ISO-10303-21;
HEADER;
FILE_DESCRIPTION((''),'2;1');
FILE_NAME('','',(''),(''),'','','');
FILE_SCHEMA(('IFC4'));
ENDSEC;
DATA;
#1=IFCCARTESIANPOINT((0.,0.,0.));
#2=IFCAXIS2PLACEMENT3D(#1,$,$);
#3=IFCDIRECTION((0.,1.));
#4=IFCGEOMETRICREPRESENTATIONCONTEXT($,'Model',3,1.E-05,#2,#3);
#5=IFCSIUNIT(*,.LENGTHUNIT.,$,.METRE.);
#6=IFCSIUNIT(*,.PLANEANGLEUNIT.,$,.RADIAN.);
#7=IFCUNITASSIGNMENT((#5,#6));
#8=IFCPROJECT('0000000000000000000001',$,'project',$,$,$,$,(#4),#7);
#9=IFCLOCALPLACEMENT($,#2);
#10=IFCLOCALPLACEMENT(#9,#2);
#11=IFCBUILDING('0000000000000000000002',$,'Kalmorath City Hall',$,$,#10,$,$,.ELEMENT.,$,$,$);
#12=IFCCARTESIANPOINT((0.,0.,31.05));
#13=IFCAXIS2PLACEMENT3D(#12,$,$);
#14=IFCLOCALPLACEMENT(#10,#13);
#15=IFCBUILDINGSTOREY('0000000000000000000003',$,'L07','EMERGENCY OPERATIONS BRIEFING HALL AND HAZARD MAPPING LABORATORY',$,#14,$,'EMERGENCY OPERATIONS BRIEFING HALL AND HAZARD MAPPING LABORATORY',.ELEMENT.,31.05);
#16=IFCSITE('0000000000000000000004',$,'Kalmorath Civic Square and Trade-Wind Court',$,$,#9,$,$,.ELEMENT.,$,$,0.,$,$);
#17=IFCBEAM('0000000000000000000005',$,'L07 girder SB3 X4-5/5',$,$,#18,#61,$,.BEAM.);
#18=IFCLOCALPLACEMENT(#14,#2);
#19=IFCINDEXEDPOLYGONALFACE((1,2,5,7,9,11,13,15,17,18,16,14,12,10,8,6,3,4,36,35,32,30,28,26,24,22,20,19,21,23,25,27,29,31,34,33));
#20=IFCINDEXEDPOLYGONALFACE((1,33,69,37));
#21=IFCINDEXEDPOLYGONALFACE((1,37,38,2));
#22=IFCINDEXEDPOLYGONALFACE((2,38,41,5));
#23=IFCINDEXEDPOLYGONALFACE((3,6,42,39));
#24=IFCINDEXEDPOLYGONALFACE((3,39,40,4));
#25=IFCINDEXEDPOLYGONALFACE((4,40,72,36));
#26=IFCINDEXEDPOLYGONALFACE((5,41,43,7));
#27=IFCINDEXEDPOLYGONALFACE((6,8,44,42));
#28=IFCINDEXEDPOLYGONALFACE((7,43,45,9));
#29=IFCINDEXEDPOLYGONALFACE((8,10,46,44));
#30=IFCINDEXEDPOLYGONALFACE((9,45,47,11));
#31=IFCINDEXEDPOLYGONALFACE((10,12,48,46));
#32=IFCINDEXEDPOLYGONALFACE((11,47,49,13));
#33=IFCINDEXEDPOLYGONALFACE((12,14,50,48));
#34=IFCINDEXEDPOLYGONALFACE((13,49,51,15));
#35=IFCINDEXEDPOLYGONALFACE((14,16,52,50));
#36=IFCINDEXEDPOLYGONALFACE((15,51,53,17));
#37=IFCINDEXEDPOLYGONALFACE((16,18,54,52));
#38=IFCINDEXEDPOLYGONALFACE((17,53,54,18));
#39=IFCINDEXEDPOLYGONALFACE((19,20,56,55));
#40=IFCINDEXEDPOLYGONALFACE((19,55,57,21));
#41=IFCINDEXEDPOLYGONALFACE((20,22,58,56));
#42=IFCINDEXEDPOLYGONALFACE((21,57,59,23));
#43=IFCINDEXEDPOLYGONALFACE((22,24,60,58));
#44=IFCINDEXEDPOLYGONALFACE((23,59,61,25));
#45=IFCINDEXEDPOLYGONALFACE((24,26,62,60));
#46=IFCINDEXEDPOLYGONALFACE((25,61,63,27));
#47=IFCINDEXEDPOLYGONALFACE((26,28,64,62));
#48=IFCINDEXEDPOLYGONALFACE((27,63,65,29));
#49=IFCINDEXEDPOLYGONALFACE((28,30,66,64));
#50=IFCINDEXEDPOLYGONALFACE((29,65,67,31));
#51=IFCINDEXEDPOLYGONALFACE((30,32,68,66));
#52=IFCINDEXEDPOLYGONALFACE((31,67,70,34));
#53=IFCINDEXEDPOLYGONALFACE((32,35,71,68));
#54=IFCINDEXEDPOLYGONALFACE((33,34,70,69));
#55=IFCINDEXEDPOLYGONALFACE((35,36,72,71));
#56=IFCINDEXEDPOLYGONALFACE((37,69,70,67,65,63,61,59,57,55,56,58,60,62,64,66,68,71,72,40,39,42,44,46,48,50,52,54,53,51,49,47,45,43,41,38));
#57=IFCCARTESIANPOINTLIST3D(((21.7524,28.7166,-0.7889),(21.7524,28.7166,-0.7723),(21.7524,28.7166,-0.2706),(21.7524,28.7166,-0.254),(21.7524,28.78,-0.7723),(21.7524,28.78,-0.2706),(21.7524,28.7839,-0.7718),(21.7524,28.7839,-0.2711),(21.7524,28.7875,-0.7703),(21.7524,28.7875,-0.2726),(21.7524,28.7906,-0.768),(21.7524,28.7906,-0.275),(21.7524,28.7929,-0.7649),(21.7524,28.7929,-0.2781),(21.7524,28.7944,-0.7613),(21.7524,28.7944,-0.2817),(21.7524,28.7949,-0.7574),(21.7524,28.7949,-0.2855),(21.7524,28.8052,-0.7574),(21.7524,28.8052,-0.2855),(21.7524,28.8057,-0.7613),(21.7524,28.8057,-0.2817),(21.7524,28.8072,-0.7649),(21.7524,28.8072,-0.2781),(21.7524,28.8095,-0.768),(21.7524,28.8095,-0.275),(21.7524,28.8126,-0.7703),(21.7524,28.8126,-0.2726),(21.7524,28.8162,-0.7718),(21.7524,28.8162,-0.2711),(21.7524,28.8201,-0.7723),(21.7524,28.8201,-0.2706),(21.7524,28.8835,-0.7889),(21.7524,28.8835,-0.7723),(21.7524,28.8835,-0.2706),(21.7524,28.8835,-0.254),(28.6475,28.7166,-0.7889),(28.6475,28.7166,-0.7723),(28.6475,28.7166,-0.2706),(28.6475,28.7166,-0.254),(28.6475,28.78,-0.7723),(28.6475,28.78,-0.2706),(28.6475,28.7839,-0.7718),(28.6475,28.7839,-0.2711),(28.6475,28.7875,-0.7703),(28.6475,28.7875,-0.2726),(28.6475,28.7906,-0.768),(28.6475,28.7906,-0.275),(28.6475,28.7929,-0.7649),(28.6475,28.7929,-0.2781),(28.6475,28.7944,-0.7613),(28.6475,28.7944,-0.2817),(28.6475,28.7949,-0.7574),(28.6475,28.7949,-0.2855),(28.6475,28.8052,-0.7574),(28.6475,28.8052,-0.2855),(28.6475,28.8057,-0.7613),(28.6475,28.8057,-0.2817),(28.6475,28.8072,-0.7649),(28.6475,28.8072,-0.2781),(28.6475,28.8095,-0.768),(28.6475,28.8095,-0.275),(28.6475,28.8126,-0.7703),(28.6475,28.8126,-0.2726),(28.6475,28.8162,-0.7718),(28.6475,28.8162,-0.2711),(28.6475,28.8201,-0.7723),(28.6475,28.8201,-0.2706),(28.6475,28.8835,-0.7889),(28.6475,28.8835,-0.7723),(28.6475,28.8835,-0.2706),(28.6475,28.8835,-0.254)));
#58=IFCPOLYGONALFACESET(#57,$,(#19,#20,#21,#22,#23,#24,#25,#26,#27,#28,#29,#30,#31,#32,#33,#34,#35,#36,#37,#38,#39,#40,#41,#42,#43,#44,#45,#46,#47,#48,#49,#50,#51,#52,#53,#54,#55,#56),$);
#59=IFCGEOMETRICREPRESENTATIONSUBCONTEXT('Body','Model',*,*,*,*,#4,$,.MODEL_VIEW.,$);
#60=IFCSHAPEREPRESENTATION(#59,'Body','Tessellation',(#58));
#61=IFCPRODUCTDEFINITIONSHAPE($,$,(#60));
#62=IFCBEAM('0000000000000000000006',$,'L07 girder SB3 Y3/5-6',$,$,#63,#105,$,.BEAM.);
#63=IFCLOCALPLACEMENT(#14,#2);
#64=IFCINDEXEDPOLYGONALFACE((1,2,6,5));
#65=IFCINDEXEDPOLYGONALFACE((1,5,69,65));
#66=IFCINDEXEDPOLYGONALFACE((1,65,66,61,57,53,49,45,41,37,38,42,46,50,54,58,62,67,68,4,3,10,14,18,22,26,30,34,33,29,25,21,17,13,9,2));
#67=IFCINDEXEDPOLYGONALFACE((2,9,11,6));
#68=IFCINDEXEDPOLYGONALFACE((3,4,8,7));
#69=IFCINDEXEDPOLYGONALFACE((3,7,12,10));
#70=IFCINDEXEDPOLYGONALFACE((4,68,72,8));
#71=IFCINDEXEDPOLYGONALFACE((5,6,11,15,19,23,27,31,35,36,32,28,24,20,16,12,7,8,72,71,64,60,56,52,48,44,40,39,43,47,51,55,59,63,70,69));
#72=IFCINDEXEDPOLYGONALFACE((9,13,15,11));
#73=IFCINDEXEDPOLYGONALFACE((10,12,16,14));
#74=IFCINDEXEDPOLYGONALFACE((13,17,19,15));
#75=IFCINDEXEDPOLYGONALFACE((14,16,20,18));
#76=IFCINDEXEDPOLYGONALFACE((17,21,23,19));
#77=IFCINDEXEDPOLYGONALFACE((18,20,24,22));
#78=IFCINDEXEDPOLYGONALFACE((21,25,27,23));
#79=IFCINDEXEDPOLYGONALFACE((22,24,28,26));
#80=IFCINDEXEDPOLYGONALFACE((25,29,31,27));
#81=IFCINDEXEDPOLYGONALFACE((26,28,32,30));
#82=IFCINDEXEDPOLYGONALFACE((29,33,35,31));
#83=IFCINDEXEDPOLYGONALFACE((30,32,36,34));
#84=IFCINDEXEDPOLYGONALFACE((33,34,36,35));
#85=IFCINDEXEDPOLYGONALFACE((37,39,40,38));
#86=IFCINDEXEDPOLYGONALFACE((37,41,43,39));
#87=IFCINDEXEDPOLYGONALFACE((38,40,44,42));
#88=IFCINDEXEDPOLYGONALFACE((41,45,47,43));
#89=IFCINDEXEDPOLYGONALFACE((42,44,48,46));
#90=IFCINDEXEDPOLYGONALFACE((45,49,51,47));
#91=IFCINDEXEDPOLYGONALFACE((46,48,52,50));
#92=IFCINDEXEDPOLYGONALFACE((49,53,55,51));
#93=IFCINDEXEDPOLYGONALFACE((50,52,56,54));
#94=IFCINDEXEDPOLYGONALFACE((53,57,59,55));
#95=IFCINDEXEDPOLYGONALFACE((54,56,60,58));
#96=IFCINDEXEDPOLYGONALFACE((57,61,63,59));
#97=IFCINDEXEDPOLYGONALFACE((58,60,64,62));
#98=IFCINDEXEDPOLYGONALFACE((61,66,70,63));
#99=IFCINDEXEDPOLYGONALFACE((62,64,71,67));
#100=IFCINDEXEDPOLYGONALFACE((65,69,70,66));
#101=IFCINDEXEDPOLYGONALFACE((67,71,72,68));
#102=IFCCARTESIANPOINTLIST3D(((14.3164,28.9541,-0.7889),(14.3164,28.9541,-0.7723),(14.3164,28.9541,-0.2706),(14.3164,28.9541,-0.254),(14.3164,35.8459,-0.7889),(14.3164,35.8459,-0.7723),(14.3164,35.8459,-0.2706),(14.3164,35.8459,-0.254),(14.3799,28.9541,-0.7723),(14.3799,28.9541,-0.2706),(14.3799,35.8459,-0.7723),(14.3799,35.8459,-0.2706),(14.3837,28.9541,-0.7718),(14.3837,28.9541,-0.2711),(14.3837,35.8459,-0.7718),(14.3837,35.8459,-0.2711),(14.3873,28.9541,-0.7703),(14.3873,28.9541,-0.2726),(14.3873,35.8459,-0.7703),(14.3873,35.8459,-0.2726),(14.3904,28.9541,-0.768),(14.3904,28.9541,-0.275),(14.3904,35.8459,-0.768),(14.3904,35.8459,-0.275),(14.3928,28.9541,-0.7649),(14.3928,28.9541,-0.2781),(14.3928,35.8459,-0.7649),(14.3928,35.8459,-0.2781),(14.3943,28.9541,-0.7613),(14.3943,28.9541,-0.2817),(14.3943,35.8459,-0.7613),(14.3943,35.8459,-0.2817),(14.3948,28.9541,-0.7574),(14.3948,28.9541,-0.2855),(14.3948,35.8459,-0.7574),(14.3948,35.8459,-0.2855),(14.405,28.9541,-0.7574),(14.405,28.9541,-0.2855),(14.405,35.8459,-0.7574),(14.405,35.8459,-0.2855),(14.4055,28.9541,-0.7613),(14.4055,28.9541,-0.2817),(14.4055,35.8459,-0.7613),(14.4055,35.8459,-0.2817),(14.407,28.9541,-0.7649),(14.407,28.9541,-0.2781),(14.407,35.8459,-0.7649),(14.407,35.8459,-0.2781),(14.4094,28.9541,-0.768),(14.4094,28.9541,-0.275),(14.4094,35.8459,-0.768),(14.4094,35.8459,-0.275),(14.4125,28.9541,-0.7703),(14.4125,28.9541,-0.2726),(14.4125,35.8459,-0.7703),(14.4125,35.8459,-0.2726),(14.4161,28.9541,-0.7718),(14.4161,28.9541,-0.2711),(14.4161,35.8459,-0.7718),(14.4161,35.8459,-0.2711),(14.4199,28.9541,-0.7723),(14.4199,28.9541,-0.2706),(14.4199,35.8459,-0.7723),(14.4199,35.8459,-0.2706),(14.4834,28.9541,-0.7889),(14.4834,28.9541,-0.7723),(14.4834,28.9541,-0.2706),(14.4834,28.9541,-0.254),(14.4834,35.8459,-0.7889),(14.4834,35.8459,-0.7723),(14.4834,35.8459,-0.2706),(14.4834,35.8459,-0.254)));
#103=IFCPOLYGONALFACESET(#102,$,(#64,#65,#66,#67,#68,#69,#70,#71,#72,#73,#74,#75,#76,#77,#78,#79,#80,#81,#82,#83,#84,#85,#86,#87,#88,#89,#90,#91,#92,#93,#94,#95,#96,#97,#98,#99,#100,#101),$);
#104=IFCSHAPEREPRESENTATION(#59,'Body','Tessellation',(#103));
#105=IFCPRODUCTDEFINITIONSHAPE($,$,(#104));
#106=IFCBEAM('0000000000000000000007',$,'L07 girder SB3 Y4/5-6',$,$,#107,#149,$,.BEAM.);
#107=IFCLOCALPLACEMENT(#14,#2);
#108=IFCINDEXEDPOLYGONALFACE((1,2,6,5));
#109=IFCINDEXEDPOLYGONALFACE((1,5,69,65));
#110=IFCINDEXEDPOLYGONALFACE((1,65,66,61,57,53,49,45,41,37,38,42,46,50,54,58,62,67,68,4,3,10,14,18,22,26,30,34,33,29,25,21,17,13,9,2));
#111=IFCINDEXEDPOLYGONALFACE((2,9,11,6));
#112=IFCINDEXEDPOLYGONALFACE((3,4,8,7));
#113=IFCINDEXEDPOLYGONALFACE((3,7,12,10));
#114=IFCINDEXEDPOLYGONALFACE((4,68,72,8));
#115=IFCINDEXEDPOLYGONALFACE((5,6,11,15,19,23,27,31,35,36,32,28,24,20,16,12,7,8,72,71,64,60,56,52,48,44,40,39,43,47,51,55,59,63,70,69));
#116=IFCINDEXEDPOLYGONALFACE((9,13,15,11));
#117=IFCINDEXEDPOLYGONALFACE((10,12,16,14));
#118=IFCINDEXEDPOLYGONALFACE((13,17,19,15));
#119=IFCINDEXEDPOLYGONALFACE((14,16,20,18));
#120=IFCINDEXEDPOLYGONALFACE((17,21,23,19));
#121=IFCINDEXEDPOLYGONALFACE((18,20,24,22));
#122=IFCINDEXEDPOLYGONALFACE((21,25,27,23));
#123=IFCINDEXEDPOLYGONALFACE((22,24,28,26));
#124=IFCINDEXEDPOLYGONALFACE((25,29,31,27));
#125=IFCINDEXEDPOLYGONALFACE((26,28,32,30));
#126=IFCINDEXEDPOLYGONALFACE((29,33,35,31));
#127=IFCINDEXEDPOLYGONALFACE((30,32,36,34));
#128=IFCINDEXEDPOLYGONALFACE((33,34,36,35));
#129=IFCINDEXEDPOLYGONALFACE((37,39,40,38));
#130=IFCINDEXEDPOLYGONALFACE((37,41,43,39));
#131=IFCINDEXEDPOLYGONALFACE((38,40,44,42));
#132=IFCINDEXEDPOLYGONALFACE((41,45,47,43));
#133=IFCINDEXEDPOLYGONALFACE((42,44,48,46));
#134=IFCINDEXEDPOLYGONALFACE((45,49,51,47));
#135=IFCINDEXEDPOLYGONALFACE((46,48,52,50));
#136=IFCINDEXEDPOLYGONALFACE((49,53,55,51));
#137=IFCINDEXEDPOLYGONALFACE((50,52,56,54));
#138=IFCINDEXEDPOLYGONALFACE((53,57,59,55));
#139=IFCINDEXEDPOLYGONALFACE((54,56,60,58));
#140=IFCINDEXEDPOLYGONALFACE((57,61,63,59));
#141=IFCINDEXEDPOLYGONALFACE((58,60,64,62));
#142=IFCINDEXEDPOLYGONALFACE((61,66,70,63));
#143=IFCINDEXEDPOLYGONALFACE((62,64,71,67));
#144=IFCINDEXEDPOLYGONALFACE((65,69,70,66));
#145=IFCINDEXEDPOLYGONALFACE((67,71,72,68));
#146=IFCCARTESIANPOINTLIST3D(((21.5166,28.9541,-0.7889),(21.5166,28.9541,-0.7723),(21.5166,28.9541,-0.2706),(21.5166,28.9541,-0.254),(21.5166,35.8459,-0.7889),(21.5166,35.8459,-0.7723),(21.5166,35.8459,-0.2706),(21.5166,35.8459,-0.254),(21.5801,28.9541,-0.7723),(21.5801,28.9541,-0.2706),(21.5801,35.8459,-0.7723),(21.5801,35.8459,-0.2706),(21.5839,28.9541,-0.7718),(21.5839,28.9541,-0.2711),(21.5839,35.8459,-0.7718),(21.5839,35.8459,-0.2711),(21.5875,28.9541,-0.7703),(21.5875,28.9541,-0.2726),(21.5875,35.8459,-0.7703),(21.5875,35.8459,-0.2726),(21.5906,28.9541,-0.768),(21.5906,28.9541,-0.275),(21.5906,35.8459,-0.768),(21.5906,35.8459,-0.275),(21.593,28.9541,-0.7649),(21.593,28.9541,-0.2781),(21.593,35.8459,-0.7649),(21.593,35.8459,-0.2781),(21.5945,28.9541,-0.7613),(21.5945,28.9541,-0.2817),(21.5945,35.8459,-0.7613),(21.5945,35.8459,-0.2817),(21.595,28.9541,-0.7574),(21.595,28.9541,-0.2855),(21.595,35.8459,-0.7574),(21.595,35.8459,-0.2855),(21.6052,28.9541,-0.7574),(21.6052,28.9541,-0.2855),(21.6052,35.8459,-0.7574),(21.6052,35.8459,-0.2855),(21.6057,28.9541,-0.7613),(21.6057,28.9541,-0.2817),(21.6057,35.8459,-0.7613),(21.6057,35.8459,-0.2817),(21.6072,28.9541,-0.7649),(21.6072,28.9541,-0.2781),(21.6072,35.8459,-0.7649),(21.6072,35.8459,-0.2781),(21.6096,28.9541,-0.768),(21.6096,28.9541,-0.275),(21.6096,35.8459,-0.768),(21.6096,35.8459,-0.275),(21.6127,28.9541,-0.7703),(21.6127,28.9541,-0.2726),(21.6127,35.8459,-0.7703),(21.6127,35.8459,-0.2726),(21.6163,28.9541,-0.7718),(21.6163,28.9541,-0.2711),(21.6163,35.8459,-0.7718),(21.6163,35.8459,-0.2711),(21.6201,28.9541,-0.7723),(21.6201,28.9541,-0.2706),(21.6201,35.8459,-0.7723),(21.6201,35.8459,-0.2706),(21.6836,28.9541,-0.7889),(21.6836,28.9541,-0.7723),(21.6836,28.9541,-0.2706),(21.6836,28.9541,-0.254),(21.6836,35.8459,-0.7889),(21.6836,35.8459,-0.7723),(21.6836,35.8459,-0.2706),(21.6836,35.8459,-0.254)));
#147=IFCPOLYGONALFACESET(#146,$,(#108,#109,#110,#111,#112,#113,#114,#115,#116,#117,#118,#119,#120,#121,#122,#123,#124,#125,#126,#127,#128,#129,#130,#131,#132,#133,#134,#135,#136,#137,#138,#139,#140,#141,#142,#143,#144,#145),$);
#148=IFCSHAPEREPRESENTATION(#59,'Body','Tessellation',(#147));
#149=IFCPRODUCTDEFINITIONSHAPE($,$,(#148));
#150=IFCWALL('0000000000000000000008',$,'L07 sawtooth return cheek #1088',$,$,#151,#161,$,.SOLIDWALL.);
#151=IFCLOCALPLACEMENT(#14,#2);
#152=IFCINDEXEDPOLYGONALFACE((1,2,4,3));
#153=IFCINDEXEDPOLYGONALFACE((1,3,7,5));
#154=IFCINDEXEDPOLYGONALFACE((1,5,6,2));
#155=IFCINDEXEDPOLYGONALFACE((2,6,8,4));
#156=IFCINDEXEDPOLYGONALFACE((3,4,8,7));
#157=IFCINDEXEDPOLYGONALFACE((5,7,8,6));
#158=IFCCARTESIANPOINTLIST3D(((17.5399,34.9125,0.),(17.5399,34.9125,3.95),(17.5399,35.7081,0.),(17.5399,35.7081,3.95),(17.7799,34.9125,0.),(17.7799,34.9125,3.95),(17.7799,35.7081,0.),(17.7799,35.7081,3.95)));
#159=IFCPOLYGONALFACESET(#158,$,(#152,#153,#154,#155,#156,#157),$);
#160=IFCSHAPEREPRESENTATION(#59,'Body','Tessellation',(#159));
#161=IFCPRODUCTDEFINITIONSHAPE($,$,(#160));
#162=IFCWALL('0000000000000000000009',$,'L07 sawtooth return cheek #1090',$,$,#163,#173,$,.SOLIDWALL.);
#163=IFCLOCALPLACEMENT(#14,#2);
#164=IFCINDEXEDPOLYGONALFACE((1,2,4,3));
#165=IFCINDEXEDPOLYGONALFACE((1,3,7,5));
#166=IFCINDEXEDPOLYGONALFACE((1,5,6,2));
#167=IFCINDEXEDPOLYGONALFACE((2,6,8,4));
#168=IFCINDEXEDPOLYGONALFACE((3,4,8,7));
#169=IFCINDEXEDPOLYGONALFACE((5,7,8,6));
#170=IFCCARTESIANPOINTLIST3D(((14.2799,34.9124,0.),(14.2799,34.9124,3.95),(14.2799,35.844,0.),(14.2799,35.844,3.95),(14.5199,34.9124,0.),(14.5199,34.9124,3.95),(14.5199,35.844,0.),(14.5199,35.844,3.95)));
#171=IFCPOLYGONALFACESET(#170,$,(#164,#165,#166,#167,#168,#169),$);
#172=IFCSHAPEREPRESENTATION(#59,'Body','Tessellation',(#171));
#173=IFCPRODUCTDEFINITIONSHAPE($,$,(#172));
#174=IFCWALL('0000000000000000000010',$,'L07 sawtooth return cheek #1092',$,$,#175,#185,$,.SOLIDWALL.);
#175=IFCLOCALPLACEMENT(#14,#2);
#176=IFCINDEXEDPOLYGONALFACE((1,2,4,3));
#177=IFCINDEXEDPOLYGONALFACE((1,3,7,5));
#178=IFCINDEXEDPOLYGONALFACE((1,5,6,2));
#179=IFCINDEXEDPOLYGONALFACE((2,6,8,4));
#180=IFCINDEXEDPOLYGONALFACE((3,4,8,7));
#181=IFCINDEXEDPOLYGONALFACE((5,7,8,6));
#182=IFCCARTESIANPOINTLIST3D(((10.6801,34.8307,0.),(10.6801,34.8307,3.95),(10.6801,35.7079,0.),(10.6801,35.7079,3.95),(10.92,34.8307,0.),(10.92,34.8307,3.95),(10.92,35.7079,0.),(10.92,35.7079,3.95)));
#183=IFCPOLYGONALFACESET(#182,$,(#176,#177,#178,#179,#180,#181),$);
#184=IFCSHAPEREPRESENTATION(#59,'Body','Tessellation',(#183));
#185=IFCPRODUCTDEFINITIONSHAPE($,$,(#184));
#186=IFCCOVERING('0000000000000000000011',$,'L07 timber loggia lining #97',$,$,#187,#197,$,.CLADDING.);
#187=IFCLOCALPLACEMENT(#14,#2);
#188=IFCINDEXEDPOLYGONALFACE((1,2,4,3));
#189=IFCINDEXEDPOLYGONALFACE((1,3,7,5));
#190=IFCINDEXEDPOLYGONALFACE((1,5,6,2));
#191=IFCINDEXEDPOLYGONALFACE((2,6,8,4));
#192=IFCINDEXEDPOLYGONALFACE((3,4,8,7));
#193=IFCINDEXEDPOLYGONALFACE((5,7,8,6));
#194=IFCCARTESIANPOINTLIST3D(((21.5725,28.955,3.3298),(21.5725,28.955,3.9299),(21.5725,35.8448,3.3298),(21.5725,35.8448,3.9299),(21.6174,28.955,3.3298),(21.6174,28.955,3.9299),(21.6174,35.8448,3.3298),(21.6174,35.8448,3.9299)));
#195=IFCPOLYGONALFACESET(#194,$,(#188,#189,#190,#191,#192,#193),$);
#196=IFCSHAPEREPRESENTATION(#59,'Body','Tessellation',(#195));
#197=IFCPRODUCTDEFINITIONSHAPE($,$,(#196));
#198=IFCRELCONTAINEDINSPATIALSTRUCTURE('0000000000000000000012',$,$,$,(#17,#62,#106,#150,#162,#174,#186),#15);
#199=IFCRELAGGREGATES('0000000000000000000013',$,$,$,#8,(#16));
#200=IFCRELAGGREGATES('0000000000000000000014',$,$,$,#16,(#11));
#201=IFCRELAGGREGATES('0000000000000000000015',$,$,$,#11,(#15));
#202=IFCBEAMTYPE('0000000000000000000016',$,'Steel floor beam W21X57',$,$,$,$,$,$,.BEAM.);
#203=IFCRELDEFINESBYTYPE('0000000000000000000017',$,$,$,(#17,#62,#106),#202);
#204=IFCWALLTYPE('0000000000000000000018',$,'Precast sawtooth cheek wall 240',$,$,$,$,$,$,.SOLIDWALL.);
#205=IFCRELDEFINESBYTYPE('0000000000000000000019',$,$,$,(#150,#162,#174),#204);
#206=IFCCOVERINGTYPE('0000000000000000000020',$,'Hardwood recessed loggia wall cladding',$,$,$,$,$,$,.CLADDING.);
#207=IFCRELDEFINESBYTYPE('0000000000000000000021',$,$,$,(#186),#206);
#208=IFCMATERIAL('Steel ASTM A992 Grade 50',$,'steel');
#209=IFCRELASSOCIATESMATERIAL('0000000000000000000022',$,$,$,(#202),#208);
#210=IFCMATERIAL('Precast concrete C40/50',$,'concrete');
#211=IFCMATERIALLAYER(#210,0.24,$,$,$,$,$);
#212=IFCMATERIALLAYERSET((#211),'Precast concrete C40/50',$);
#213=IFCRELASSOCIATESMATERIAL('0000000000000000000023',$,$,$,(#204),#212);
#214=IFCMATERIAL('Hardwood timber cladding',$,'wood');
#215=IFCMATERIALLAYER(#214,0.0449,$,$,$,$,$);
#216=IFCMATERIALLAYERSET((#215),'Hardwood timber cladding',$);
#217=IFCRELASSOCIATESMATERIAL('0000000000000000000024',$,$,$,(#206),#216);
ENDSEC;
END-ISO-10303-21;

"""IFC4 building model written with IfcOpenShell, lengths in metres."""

from ifc_helpers import new_model, si_unit, direction, frame, frame_2d, origin, origin_2d, place, context, subcontext, project, spatial, rectangle, i_section, extrude, material, layer, layer_set, material_profile, profile_set, type_object, element, save


model = new_model("IFC4")

# Units and contexts
model_context = context("Model", 3, precision=1e-05, world=origin(), true_north=direction((0.0, 1.0)))
body_context = subcontext(model_context, "Body", "Model", "MODEL_VIEW")
ifc_project = project(units=[si_unit("LENGTHUNIT", "METRE"), si_unit("PLANEANGLEUNIT", "RADIAN")], contexts=[model_context])

# Site, building, storey
site_placement = place(None, origin())
site = spatial("IfcSite", under=ifc_project, at=site_placement, Name="Kalmorath Civic Square and Trade-Wind Court", CompositionType="ELEMENT", RefElevation=0.0)
building_placement = place(site_placement, origin())
building = spatial("IfcBuilding", under=site, at=building_placement, Name="Kalmorath City Hall", CompositionType="ELEMENT")
storey_placement = place(building_placement, frame((0.0, 0.0, 31.05)))
storey = spatial("IfcBuildingStorey", under=building, at=storey_placement, Name="L07", Description="EMERGENCY OPERATIONS BRIEFING HALL AND HAZARD MAPPING LABORATORY", LongName="EMERGENCY OPERATIONS BRIEFING HALL AND HAZARD MAPPING LABORATORY", CompositionType="ELEMENT", Elevation=31.05)

# Beams
ifc_material_1 = material(Name="Steel ASTM A992 Grade 50", Category="steel")
ifc_material_profile_1 = material_profile(ifc_material_1, i_section(OverallWidth=0.167, OverallDepth=0.5349, WebThickness=0.0103, FlangeThickness=0.0166, FilletRadius=0.0149, at=origin_2d()), Name="W21X57")
ifc_profile_set_1 = profile_set([ifc_material_profile_1], Name="Steel ASTM A992 Grade 50")
beam_type_1 = type_object("IfcBeamType", Name="Steel floor beam W21X57", PredefinedType="BEAM", material=ifc_profile_set_1)
for number, where, z_axis, x_axis, name in (
    (1, (21.7524, 28.8, -0.5215), (1.0, 0.0, 0.0), (0.0, 1.0, 0.0), "L07 girder SB3 X4-5/5"),
):
    element("IfcBeam", number, at=place(storey_placement, frame(where, z_axis=z_axis, x_axis=x_axis)), inside=storey, type_object=beam_type_1, Name=name, PredefinedType="BEAM", context=body_context, shape_type="SweptSolid", body=[
        extrude(i_section(OverallWidth=0.167, OverallDepth=0.5349, WebThickness=0.0103, FlangeThickness=0.0166, FilletRadius=0.0149, at=origin_2d()), origin(), (0.0, 0.0, 1.0), 6.895),
    ])
for number, where, z_axis, x_axis, name in (
    (2, (14.3999, 28.9541, -0.5215), (0.0, 1.0, 0.0), (-1.0, 0.0, 0.0), "L07 girder SB3 Y3/5-6"),
    (3, (21.6001, 28.9541, -0.5215), (0.0, 1.0, 0.0), (-1.0, 0.0, 0.0), "L07 girder SB3 Y4/5-6"),
):
    element("IfcBeam", number, at=place(storey_placement, frame(where, z_axis=z_axis, x_axis=x_axis)), inside=storey, type_object=beam_type_1, Name=name, PredefinedType="BEAM", context=body_context, shape_type="SweptSolid", body=[
        extrude(i_section(OverallWidth=0.167, OverallDepth=0.5349, WebThickness=0.0103, FlangeThickness=0.0166, FilletRadius=0.0149, at=origin_2d()), origin(), (0.0, 0.0, 1.0), 6.8918),
    ])

# Walls
ifc_material_2 = material(Name="Precast concrete C40/50", Category="concrete")
ifc_layer_1 = layer(ifc_material_2, 0.24)
ifc_layer_set_1 = layer_set([ifc_layer_1], Name="Precast concrete C40/50")
wall_type_1 = type_object("IfcWallType", Name="Precast sawtooth cheek wall 240", PredefinedType="SOLIDWALL", material=ifc_layer_set_1)
wall_1_placement = place(storey_placement, frame((17.6599, 34.9124, 0.0), z_axis=(0.0, 0.0, 1.0), x_axis=(0.0, 1.0, 0.0)))
element("IfcWall", 4, at=wall_1_placement, inside=storey, type_object=wall_type_1, Name="L07 sawtooth return cheek #1088", PredefinedType="SOLIDWALL", context=body_context, shape_type="SweptSolid", body=[
    extrude(rectangle(XDim=0.7957, YDim=0.24, at=frame_2d((0.3979, 0.0))), origin(), (0.0, 0.0, 1.0), 3.95),
])
wall_2_placement = place(storey_placement, frame((14.3999, 34.9124, 0.0), z_axis=(0.0, 0.0, 1.0), x_axis=(0.0, 1.0, 0.0)))
element("IfcWall", 5, at=wall_2_placement, inside=storey, type_object=wall_type_1, Name="L07 sawtooth return cheek #1090", PredefinedType="SOLIDWALL", context=body_context, shape_type="SweptSolid", body=[
    extrude(rectangle(XDim=0.9316, YDim=0.24, at=frame_2d((0.4658, 0.0))), origin(), (0.0, 0.0, 1.0), 3.95),
])
wall_3_placement = place(storey_placement, frame((10.8, 34.8308, 0.0), z_axis=(0.0, 0.0, 1.0), x_axis=(0.0, 1.0, 0.0)))
element("IfcWall", 6, at=wall_3_placement, inside=storey, type_object=wall_type_1, Name="L07 sawtooth return cheek #1092", PredefinedType="SOLIDWALL", context=body_context, shape_type="SweptSolid", body=[
    extrude(rectangle(XDim=0.8772, YDim=0.24, at=frame_2d((0.4385, 0.0))), origin(), (0.0, 0.0, 1.0), 3.95),
])

# Covering
ifc_material_3 = material(Name="Hardwood timber cladding", Category="wood")
ifc_layer_2 = layer(ifc_material_3, 0.0449)
ifc_layer_set_2 = layer_set([ifc_layer_2], Name="Hardwood timber cladding")
covering_type = type_object("IfcCoveringType", Name="Hardwood recessed loggia wall cladding", PredefinedType="CLADDING", material=ifc_layer_set_2)
covering_placement = place(storey_placement, frame((21.595, 32.3999, 3.3298), z_axis=(0.0, 0.0, 1.0), x_axis=(0.0, 1.0, 0.0)))
element("IfcCovering", 7, at=covering_placement, inside=storey, type_object=covering_type, Name="L07 timber loggia lining #97", PredefinedType="CLADDING", context=body_context, shape_type="SweptSolid", body=[
    extrude(rectangle(XDim=6.8899, YDim=0.0449, at=origin_2d()), origin(), (0.0, 0.0, 1.0), 0.6001),
])

save(model, "model.ifc")
